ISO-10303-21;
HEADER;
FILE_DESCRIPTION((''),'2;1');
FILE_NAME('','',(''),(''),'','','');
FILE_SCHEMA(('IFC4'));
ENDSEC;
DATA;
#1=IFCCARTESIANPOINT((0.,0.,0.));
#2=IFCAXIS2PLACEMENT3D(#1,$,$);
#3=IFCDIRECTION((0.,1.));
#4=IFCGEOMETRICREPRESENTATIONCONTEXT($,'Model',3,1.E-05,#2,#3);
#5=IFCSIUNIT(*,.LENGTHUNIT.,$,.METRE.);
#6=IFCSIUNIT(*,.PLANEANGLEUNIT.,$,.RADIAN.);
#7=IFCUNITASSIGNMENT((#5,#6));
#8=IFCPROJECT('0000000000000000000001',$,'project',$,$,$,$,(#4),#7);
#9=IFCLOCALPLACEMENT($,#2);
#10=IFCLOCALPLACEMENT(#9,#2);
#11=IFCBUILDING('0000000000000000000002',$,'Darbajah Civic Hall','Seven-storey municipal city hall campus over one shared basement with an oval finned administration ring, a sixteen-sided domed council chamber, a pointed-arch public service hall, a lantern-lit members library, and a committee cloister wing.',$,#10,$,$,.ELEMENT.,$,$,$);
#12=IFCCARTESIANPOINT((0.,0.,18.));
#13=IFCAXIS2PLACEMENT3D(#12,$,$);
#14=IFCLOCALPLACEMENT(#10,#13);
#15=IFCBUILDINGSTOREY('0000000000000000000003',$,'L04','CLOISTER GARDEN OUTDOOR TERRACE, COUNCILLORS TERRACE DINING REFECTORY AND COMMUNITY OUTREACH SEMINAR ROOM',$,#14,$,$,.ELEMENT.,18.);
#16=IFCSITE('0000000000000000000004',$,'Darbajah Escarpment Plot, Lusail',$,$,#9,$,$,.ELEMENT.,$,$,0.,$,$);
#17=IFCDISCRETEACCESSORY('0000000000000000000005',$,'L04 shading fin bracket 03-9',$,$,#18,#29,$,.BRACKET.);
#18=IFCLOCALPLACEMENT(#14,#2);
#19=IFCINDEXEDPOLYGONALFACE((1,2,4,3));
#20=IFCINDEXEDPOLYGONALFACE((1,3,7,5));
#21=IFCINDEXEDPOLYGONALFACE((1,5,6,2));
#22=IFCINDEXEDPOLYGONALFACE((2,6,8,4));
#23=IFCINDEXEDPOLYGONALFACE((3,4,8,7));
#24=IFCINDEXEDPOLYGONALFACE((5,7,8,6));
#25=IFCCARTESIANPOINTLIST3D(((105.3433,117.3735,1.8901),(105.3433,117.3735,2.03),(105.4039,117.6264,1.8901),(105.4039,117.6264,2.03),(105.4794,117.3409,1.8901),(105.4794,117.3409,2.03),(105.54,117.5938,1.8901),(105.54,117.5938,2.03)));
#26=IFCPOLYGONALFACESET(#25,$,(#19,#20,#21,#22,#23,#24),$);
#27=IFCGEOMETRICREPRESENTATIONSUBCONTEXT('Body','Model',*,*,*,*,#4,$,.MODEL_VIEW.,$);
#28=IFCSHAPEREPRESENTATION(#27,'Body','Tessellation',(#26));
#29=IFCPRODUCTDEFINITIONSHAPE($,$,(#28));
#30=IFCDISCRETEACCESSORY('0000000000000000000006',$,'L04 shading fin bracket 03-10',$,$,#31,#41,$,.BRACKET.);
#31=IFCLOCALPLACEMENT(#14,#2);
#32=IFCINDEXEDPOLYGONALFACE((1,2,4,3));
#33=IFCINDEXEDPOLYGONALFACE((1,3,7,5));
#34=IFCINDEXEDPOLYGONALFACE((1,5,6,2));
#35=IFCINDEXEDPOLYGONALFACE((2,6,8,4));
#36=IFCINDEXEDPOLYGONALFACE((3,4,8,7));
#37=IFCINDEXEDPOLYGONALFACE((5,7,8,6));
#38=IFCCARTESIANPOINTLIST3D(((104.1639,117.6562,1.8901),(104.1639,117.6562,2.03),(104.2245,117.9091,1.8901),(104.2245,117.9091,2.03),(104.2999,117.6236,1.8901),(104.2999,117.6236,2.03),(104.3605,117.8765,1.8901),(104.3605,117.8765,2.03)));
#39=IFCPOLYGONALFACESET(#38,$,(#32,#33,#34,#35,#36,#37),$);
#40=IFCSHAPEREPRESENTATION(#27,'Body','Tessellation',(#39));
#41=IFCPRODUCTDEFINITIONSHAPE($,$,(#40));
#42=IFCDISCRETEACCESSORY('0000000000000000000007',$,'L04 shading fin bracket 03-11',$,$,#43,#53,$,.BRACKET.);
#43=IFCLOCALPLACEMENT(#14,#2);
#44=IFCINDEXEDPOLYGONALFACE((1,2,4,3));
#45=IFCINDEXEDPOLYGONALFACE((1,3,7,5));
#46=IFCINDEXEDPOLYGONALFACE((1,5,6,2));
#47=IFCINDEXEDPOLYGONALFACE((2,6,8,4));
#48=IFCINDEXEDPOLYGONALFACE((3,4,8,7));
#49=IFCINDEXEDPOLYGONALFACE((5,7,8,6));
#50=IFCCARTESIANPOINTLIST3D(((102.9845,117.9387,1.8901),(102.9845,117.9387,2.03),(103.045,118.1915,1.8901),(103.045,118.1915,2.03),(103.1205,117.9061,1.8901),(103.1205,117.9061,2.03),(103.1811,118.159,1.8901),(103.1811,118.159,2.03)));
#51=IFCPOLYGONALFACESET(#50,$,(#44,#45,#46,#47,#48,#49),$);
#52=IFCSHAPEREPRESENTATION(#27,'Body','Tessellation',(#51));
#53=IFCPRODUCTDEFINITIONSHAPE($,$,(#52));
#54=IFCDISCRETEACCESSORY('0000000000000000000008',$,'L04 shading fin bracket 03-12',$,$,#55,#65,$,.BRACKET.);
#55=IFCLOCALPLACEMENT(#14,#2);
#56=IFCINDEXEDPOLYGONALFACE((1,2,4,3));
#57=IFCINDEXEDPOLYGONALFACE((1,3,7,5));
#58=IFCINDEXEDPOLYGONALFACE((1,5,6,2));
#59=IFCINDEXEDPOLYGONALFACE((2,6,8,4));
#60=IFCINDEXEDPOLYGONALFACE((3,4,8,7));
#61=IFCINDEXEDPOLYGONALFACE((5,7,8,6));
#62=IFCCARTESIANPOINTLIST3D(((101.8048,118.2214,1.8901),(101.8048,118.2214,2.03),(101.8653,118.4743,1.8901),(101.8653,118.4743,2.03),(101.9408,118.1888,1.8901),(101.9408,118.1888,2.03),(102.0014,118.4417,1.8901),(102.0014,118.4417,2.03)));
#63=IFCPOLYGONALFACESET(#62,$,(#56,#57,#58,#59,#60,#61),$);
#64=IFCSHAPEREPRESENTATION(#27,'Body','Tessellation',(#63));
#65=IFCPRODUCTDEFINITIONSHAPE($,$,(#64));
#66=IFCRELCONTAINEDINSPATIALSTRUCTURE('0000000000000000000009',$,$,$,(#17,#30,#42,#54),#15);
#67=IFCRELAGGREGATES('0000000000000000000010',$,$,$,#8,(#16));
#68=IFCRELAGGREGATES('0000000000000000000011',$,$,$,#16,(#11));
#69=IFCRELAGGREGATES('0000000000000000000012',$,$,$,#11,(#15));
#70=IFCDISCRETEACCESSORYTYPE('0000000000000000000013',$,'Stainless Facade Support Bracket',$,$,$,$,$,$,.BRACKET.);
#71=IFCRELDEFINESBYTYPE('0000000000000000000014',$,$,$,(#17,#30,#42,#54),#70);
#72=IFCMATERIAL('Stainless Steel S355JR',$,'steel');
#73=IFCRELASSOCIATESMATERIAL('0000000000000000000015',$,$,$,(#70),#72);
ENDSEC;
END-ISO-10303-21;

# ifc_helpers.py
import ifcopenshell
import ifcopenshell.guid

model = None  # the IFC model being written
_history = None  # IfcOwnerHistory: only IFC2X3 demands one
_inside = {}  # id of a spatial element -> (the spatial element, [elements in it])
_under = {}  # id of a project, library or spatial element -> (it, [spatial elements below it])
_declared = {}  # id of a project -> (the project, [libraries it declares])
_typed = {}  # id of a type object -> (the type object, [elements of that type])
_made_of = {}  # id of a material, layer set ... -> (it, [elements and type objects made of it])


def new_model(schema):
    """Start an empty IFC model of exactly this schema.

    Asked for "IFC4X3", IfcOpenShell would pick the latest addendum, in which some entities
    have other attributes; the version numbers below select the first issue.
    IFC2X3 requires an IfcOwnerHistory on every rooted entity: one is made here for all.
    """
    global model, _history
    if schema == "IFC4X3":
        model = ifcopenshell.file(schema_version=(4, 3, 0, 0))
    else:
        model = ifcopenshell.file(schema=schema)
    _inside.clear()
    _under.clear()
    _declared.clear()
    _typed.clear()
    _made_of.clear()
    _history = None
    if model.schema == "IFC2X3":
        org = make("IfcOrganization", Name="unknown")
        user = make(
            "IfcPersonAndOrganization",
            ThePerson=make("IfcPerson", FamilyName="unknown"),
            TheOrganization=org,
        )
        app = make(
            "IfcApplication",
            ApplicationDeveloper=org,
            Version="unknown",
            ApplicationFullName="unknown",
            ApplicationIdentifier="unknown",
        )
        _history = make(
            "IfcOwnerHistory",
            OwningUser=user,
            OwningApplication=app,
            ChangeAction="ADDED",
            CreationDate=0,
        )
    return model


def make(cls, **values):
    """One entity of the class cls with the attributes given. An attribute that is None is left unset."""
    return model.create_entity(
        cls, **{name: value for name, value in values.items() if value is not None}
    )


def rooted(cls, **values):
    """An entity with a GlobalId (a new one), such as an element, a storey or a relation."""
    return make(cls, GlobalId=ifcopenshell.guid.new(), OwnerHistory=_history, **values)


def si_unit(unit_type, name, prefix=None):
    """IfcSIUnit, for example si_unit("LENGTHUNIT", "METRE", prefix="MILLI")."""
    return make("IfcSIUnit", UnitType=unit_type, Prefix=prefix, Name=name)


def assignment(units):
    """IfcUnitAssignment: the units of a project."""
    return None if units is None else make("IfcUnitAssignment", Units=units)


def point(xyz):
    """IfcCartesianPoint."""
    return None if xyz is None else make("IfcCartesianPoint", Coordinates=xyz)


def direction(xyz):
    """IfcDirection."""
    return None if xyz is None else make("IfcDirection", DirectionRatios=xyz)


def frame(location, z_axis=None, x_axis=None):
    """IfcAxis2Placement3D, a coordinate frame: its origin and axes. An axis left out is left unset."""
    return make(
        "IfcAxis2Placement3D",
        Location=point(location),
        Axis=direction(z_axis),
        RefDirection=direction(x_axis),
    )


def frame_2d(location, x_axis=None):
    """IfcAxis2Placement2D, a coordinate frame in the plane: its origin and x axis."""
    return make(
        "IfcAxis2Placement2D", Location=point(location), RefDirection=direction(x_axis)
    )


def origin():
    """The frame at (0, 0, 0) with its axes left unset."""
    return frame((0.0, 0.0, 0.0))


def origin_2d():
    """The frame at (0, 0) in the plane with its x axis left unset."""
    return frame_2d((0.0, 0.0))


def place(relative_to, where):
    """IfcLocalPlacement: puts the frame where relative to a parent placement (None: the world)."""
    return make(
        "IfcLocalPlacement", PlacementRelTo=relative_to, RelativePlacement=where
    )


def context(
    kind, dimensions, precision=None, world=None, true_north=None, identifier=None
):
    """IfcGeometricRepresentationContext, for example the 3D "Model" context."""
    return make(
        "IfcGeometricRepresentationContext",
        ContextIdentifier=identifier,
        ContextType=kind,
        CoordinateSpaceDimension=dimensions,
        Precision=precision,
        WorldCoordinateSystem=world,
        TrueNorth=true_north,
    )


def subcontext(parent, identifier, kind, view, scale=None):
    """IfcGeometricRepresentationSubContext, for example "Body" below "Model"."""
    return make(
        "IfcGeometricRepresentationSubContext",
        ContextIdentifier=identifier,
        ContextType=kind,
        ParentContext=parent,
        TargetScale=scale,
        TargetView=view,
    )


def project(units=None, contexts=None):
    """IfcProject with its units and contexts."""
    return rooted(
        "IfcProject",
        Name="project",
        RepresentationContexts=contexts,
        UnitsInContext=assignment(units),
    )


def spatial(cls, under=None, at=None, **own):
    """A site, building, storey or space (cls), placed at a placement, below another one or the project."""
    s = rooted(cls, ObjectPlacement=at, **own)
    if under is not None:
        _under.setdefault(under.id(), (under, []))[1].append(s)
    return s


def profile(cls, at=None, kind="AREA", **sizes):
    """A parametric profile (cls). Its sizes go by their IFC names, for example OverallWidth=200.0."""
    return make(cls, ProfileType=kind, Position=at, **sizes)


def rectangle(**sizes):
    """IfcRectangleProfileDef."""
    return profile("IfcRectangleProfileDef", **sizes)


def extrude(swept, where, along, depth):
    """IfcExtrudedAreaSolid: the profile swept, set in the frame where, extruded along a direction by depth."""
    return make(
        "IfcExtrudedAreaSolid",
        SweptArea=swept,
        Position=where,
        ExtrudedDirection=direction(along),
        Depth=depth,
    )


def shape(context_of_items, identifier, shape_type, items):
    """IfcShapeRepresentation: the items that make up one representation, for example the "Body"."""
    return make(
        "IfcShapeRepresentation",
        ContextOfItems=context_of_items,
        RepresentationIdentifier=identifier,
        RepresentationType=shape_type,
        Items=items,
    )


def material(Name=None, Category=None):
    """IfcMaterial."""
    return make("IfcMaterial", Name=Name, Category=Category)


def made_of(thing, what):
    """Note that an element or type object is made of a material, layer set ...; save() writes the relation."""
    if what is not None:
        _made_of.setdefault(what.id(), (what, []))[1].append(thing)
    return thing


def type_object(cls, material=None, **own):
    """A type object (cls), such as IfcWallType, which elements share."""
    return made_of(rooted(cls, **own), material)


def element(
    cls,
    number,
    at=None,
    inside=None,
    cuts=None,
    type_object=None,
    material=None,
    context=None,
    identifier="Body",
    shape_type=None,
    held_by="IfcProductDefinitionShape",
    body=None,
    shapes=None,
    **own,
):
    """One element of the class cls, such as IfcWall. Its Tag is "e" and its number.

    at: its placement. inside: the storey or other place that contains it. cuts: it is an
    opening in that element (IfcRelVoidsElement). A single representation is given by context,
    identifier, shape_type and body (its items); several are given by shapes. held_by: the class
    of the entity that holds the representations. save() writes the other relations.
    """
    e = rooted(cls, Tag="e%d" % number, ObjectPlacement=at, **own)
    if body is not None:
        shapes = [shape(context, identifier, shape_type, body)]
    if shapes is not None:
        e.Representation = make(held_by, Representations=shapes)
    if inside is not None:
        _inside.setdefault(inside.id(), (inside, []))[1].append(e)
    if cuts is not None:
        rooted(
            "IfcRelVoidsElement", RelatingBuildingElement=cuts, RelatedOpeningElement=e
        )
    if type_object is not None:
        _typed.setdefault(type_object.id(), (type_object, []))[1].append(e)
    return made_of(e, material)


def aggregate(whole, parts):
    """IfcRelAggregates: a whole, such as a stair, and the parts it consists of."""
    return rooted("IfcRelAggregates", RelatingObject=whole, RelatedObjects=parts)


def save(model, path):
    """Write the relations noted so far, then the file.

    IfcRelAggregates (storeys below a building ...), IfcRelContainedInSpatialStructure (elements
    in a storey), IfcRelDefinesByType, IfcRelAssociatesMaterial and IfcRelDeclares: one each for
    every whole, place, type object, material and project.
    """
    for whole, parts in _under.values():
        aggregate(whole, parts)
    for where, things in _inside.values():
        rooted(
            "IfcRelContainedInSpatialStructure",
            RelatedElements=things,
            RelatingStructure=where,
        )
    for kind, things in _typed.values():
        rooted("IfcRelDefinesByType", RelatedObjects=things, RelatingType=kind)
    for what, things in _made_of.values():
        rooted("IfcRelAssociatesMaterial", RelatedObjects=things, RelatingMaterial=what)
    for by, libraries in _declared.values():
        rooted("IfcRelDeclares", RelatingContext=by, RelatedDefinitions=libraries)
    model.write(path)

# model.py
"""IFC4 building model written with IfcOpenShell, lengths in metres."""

from ifc_helpers import new_model, si_unit, direction, frame, origin, origin_2d, place, context, subcontext, project, spatial, rectangle, extrude, material, type_object, element, save


model = new_model("IFC4")

# Units and contexts
model_context = context("Model", 3, precision=1e-05, world=origin(), true_north=direction((0.0, 1.0)))
body_context = subcontext(model_context, "Body", "Model", "MODEL_VIEW")
ifc_project = project(units=[si_unit("LENGTHUNIT", "METRE"), si_unit("PLANEANGLEUNIT", "RADIAN")], contexts=[model_context])

# Site, building, storey
site_placement = place(None, origin())
site = spatial("IfcSite", under=ifc_project, at=site_placement, Name="Darbajah Escarpment Plot, Lusail", CompositionType="ELEMENT", RefElevation=0.0)
building_placement = place(site_placement, origin())
building = spatial("IfcBuilding", under=site, at=building_placement, Name="Darbajah Civic Hall", Description="Seven-storey municipal city hall campus over one shared basement with an oval finned administration ring, a sixteen-sided domed council chamber, a pointed-arch public service hall, a lantern-lit members library, and a committee cloister wing.", CompositionType="ELEMENT")
storey_placement = place(building_placement, frame((0.0, 0.0, 18.0)))
storey = spatial("IfcBuildingStorey", under=building, at=storey_placement, Name="L04", Description="CLOISTER GARDEN OUTDOOR TERRACE, COUNCILLORS TERRACE DINING REFECTORY AND COMMUNITY OUTREACH SEMINAR ROOM", CompositionType="ELEMENT", Elevation=18.0)

# Discrete accessories
ifc_material_1 = material(Name="Stainless Steel S355JR", Category="steel")
discrete_accessory_type = type_object("IfcDiscreteAccessoryType", Name="Stainless Facade Support Bracket", PredefinedType="BRACKET", material=ifc_material_1)
for number, where, z_axis, x_axis, name in (
    (1, (105.4417, 117.4836, 1.8901), (0.0, 0.0, 1.0), (0.232936, 0.972492, 0.0), "L04 shading fin bracket 03-9"),
    (2, (104.2622, 117.7664, 1.8901), (0.0, 0.0, 1.0), (0.232936, 0.972492, 0.0), "L04 shading fin bracket 03-10"),
    (3, (103.0828, 118.0488, 1.8901), (0.0, 0.0, 1.0), (0.232936, 0.972492, 0.0), "L04 shading fin bracket 03-11"),
    (4, (101.9031, 118.3315, 1.8901), (0.0, 0.0, 1.0), (0.232936, 0.972492, 0.0), "L04 shading fin bracket 03-12"),
):
    element("IfcDiscreteAccessory", number, at=place(storey_placement, frame(where, z_axis=z_axis, x_axis=x_axis)), inside=storey, type_object=discrete_accessory_type, Name=name, PredefinedType="BRACKET", context=body_context, shape_type="SweptSolid", body=[
        extrude(rectangle(XDim=0.26, YDim=0.1399, at=origin_2d()), origin(), (0.0, 0.0, 1.0), 0.1399),
    ])

save(model, "model.ifc")
